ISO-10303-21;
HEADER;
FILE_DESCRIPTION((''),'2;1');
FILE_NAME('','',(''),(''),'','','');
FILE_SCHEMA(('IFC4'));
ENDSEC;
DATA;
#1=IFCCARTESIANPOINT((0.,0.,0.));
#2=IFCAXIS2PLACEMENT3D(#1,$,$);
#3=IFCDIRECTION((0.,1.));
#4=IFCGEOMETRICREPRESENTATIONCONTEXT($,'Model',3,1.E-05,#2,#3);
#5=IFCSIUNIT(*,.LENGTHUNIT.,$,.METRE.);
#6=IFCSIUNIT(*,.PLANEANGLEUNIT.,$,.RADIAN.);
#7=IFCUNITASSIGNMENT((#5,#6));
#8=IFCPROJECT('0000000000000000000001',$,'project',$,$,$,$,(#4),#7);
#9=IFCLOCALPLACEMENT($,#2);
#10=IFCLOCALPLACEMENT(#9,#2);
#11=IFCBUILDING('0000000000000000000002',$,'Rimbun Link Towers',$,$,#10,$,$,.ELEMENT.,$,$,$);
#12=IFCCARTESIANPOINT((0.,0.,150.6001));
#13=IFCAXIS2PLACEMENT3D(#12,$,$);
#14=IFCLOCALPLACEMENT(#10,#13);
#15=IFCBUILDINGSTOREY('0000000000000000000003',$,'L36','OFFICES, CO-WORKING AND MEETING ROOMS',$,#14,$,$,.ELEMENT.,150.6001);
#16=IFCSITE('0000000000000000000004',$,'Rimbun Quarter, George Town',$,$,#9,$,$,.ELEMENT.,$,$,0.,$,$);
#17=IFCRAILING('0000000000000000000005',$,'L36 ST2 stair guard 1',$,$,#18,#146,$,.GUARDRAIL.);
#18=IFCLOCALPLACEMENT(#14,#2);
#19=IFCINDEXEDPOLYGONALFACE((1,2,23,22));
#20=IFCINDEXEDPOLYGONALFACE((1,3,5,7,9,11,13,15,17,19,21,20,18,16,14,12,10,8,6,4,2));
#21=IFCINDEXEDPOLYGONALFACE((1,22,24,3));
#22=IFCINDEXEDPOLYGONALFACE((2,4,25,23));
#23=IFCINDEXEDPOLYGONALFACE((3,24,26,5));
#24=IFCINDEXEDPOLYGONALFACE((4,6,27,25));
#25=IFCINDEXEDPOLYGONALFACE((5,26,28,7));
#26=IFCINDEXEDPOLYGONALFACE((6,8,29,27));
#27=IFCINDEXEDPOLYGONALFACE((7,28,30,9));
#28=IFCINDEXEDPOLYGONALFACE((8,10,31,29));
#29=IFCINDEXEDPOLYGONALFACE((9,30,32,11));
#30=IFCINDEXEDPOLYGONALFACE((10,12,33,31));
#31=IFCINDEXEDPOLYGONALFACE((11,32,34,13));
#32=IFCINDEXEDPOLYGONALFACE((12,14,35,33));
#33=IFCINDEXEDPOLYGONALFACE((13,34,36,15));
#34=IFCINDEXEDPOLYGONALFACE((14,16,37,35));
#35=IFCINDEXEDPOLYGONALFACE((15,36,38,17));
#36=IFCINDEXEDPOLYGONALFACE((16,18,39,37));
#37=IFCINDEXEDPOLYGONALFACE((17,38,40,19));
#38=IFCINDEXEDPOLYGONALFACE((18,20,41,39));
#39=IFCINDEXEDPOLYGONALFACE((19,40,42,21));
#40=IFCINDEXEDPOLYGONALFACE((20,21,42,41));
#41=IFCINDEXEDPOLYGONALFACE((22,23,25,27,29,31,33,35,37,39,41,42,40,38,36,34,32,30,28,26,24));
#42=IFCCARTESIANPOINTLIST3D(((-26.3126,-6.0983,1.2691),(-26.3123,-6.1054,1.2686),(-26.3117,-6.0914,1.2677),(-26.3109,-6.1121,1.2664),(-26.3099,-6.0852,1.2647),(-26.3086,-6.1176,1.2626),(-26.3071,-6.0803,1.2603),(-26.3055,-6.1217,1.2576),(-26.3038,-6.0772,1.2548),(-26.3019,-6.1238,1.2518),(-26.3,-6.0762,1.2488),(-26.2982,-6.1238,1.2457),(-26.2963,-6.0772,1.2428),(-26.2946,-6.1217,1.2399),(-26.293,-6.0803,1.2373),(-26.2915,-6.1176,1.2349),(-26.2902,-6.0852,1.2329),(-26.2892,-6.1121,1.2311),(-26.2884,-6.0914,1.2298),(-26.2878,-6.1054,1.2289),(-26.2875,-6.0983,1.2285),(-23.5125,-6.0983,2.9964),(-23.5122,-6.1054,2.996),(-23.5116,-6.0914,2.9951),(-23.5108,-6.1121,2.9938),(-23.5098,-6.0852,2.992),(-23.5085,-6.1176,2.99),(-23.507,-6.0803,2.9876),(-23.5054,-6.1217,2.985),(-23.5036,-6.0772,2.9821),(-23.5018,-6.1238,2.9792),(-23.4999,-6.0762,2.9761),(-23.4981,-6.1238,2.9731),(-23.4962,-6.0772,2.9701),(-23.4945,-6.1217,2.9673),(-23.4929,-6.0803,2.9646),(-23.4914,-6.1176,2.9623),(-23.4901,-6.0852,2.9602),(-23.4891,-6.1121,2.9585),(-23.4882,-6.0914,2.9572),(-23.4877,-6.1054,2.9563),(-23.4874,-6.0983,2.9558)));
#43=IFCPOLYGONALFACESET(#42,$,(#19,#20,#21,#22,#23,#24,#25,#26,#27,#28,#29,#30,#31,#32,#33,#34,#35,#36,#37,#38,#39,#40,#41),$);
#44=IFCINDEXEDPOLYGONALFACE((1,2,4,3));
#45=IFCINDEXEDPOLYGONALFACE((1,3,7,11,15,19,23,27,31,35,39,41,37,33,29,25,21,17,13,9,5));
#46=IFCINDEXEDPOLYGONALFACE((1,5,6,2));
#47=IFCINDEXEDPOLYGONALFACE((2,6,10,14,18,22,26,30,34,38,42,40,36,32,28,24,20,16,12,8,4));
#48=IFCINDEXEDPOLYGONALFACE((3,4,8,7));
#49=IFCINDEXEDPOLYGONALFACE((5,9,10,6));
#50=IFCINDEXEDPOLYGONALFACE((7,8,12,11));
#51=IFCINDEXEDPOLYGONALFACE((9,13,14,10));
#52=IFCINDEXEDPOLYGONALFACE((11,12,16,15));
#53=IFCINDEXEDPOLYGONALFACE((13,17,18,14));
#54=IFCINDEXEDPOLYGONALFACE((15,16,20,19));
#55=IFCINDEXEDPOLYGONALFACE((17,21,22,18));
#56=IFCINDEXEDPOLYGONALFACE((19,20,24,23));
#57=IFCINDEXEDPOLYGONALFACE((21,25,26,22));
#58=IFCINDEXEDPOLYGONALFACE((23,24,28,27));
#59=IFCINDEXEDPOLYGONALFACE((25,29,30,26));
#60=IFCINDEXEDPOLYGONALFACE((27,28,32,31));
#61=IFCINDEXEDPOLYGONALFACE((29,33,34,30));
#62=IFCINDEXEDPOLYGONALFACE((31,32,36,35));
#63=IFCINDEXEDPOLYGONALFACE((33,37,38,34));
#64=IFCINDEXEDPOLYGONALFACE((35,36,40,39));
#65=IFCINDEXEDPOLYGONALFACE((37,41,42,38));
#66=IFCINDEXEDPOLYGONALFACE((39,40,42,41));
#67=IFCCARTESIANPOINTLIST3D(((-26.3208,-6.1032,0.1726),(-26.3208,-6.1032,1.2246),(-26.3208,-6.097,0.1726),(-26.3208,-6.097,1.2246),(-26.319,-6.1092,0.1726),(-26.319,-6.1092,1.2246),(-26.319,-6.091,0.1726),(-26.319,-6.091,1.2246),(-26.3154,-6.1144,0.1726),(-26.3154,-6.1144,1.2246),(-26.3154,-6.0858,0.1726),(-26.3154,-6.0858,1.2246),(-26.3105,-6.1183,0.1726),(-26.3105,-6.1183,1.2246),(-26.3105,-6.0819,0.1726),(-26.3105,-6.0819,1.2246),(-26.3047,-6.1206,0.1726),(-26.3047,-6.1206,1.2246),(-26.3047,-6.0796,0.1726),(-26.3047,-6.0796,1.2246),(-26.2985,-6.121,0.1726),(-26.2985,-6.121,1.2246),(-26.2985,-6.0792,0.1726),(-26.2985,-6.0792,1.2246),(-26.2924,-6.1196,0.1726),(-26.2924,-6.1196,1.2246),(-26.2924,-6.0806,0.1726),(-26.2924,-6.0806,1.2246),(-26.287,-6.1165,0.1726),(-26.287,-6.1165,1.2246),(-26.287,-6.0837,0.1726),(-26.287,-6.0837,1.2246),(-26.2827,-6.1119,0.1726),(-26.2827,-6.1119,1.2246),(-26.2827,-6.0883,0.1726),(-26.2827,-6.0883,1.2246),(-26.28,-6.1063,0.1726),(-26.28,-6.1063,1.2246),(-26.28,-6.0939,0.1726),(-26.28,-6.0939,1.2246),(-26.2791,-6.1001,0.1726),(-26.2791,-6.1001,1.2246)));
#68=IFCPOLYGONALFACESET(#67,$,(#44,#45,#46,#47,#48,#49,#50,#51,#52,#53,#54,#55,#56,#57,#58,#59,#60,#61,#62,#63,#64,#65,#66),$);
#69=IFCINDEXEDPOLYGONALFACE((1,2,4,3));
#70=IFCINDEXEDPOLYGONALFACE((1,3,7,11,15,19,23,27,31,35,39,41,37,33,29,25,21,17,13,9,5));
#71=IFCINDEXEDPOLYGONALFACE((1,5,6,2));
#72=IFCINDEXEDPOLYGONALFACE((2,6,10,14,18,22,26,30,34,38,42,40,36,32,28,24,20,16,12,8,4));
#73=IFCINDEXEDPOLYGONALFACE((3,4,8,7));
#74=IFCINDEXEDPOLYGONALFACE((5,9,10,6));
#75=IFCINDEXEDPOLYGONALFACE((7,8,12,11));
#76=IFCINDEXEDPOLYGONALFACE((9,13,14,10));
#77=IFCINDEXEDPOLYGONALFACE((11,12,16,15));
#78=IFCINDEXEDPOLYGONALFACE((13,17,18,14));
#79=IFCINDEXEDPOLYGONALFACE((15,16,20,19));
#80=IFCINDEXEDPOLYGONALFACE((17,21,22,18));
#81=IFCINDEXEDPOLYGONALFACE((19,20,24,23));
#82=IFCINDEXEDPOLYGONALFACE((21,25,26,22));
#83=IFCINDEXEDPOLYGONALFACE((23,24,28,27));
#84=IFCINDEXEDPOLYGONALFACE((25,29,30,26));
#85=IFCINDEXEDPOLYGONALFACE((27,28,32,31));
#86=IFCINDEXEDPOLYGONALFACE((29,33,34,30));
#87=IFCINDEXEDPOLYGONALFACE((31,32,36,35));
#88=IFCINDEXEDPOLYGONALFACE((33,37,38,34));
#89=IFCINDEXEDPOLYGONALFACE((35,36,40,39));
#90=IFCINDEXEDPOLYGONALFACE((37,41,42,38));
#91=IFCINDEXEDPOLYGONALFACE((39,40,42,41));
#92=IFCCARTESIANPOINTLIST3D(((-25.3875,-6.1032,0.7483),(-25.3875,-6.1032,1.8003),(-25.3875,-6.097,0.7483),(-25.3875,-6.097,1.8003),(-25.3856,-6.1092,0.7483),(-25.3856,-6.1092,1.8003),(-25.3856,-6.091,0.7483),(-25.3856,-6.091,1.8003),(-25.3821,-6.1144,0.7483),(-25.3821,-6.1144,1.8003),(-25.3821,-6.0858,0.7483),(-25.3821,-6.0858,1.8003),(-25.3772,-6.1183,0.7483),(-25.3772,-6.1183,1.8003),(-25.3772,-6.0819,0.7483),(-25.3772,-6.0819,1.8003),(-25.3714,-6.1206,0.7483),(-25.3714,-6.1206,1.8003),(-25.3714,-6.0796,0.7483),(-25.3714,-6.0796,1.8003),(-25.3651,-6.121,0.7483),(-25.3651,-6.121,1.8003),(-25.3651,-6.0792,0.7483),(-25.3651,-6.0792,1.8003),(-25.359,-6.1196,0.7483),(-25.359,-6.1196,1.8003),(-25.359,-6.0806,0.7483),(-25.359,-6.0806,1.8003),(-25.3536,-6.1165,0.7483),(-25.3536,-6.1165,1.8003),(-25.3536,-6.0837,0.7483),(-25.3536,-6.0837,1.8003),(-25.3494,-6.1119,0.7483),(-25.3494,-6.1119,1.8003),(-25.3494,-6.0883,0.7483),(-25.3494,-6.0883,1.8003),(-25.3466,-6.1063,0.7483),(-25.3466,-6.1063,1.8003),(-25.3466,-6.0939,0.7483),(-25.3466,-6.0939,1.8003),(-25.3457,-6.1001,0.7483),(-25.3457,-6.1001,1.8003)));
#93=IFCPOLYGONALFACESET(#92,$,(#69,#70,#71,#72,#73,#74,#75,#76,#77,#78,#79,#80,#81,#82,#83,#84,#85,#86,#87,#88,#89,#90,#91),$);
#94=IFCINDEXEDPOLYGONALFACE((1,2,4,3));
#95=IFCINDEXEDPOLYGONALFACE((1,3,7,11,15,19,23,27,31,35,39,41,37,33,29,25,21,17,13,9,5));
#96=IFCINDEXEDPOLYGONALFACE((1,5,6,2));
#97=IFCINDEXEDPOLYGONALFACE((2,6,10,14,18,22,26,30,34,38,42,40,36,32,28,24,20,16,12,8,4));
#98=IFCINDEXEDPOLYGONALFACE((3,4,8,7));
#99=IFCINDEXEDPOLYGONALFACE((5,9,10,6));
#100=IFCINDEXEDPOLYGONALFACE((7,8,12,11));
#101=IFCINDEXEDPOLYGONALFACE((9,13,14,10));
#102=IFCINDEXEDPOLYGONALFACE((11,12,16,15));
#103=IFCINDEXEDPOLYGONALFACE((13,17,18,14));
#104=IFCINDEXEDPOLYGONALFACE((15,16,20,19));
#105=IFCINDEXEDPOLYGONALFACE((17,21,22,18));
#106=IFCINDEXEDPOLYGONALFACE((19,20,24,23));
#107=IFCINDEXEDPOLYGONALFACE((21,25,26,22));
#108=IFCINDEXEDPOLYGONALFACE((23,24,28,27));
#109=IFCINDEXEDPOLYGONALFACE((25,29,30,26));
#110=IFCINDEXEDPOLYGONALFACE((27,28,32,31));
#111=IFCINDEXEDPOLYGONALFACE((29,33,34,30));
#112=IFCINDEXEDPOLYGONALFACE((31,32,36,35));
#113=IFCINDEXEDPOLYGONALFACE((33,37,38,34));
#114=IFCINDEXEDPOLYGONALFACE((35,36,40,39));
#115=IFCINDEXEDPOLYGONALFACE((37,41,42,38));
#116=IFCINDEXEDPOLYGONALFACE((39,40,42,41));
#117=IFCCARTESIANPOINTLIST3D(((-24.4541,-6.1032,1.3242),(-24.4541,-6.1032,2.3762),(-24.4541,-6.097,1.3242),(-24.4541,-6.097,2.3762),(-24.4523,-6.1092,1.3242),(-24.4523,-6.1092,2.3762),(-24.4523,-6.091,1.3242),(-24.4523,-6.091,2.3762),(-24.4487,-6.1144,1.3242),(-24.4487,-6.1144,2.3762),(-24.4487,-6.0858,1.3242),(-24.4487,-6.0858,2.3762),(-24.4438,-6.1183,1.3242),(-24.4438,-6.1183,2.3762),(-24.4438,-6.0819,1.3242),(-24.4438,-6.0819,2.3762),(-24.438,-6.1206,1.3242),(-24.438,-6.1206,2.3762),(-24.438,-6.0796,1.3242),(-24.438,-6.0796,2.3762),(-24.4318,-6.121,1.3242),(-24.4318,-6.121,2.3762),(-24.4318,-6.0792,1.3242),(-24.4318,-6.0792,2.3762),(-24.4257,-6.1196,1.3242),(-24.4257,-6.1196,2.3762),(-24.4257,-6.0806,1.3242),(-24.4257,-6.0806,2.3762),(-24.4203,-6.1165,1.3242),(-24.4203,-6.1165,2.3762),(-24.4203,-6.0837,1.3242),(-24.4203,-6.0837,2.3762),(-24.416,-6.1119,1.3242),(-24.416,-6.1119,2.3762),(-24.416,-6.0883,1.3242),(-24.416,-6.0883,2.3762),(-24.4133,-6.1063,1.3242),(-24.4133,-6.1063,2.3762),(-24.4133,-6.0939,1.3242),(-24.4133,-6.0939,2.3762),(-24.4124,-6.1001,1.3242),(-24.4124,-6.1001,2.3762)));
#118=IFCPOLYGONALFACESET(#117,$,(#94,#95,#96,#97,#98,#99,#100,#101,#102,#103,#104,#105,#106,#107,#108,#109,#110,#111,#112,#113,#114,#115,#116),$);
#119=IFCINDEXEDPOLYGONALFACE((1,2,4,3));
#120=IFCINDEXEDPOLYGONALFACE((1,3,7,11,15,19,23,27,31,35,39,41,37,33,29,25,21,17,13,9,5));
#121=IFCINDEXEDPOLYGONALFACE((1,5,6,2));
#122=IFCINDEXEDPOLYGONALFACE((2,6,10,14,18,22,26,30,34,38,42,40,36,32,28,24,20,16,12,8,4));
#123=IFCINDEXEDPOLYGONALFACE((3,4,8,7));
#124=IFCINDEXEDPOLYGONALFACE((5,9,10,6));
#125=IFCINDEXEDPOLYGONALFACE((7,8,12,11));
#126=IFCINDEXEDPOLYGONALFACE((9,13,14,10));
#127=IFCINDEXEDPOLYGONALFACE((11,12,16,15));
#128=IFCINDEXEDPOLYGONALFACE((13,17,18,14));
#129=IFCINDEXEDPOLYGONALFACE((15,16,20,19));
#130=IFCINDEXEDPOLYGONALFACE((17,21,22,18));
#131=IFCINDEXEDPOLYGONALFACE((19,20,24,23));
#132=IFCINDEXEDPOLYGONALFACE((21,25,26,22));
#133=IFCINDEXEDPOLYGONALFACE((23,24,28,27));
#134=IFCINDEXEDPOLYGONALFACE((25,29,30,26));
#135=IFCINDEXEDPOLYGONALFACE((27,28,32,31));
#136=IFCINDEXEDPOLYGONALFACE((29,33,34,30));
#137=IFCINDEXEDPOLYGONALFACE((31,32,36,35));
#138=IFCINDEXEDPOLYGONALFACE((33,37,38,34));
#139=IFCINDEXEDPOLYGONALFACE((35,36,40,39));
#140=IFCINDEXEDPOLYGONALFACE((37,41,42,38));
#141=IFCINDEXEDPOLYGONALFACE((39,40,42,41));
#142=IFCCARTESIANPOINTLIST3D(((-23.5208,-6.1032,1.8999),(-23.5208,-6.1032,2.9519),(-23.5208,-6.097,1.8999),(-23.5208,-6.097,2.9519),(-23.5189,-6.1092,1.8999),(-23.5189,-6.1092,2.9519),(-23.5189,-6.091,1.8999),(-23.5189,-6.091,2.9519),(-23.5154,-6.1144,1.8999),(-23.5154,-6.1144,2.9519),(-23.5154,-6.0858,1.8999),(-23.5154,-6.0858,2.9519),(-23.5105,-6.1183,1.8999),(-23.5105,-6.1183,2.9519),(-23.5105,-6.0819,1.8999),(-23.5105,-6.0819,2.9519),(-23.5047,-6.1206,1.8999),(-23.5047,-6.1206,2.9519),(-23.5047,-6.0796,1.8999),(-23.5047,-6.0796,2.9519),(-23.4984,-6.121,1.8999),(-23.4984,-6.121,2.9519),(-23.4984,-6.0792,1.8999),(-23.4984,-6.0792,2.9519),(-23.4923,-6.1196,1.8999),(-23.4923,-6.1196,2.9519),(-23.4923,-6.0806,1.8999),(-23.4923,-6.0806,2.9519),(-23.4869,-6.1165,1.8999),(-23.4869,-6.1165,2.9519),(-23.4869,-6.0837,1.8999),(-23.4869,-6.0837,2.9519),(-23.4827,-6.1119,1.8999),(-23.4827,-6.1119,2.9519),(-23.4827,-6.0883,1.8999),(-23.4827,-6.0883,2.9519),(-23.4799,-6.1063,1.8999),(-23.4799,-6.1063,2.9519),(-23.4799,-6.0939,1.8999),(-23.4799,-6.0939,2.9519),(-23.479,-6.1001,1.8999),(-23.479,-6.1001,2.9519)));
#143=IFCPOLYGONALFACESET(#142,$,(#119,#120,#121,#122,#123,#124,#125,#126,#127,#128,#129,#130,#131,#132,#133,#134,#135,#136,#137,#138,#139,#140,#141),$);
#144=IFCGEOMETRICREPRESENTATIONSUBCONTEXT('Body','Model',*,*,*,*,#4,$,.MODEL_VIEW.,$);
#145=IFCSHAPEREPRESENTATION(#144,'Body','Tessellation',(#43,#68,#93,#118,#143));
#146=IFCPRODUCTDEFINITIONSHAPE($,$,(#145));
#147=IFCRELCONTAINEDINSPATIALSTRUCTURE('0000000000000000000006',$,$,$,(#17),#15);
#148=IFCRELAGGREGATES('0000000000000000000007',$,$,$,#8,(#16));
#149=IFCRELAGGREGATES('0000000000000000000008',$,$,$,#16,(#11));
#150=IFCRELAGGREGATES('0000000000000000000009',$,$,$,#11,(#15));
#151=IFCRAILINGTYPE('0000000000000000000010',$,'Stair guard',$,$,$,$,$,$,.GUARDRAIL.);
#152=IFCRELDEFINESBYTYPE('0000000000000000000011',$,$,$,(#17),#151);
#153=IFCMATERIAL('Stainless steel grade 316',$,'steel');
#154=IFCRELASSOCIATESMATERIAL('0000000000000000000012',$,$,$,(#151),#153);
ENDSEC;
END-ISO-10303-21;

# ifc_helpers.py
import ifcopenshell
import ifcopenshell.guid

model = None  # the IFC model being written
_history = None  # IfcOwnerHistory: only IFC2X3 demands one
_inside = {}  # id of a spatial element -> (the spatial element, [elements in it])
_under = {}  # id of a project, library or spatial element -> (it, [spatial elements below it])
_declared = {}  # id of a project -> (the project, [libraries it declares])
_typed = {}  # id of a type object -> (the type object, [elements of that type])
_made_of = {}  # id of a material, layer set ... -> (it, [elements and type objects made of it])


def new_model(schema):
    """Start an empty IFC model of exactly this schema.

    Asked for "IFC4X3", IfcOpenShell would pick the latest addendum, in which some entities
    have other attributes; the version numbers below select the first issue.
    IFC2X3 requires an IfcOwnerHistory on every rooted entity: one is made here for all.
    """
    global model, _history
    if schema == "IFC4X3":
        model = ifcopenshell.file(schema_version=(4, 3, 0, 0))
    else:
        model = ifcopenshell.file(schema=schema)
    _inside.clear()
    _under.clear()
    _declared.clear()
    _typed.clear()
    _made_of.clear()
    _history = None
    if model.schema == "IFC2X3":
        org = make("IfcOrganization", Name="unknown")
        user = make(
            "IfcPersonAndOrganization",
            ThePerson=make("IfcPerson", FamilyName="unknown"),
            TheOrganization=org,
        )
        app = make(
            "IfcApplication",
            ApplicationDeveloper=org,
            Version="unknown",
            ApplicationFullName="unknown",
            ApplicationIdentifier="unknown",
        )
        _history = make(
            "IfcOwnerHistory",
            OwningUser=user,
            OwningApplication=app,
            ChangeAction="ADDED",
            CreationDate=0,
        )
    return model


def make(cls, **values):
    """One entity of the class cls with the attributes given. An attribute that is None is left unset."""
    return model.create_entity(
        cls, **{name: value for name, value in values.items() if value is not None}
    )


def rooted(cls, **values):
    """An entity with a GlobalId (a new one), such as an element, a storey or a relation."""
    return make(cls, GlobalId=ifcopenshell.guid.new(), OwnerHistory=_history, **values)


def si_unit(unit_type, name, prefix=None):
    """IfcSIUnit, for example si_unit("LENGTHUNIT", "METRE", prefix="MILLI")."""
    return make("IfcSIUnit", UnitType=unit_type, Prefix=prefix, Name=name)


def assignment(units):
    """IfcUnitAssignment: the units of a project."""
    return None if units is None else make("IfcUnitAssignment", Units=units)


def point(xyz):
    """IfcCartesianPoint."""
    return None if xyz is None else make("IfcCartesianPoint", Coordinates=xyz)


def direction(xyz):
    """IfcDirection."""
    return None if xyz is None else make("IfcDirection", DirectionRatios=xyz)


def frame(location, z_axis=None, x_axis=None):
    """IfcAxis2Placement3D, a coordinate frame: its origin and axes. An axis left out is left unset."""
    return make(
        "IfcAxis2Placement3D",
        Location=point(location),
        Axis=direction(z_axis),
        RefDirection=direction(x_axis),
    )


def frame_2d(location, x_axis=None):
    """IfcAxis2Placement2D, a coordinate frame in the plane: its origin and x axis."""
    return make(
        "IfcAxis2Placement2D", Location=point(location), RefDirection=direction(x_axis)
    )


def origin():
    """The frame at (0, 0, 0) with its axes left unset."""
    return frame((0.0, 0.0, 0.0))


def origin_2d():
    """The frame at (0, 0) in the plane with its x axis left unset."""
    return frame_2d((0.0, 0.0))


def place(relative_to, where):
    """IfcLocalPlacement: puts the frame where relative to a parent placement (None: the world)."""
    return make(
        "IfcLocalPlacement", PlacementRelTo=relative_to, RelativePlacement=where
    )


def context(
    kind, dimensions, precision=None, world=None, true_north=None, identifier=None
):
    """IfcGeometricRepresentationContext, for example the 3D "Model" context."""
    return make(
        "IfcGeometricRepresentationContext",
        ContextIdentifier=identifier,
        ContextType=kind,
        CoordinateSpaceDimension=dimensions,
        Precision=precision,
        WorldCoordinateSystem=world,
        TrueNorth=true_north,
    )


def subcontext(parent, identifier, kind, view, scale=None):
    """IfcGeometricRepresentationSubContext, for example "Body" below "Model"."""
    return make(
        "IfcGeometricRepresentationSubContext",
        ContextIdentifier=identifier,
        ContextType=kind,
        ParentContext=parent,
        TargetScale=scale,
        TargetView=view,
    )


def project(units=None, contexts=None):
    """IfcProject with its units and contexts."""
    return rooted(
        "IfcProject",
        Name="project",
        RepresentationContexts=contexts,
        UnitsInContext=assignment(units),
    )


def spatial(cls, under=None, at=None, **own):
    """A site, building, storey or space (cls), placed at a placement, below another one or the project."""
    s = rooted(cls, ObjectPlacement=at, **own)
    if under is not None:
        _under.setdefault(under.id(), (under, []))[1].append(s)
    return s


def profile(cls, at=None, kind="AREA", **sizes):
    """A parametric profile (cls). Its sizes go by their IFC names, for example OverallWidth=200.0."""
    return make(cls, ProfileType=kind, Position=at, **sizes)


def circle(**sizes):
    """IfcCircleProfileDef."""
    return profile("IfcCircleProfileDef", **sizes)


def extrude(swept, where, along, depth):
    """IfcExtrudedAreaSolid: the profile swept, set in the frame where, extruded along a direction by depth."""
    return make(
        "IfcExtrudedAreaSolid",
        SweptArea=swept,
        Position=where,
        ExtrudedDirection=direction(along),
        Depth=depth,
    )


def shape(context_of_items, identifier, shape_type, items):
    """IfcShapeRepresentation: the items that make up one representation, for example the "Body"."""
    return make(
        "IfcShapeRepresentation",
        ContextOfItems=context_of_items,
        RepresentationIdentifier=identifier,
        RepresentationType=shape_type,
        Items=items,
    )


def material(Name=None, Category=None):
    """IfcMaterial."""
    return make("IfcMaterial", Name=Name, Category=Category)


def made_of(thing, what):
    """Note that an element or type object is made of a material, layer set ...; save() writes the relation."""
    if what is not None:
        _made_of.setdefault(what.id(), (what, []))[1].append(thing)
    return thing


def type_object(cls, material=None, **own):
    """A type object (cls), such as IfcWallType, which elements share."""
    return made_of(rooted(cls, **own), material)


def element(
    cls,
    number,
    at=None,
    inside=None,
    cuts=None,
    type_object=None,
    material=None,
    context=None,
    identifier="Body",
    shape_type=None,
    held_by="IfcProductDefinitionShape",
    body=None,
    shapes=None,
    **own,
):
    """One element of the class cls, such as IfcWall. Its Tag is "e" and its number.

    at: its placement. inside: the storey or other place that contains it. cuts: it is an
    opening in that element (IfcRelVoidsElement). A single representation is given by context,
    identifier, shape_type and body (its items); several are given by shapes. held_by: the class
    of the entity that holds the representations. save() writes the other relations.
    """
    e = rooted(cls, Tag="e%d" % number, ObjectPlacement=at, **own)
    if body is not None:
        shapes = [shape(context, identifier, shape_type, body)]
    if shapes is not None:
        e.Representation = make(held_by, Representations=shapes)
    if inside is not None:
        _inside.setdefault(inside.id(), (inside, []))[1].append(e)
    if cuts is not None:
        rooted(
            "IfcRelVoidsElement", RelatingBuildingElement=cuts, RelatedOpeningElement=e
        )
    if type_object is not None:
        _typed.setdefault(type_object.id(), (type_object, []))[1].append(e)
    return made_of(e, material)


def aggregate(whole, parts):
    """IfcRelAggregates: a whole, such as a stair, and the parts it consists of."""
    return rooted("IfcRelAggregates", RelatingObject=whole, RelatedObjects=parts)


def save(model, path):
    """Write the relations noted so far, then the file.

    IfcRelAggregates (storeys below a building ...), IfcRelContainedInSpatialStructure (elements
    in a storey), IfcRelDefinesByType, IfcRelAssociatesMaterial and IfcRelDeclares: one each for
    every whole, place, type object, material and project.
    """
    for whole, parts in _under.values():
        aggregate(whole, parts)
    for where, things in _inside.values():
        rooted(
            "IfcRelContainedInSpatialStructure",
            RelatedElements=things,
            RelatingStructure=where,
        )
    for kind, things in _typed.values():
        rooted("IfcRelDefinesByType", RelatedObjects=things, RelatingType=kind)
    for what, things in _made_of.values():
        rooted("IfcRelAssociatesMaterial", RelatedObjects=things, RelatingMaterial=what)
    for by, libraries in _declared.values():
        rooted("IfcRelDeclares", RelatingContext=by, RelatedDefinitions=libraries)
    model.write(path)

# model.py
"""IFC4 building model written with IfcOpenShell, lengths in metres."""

from ifc_helpers import new_model, si_unit, direction, frame, origin, origin_2d, place, context, subcontext, project, spatial, circle, extrude, material, type_object, element, save


model = new_model("IFC4")

# Units and contexts
model_context = context("Model", 3, precision=1e-05, world=origin(), true_north=direction((0.0, 1.0)))
body_context = subcontext(model_context, "Body", "Model", "MODEL_VIEW")
ifc_project = project(units=[si_unit("LENGTHUNIT", "METRE"), si_unit("PLANEANGLEUNIT", "RADIAN")], contexts=[model_context])

# Site, building, storey
site_placement = place(None, origin())
site = spatial("IfcSite", under=ifc_project, at=site_placement, Name="Rimbun Quarter, George Town", CompositionType="ELEMENT", RefElevation=0.0)
building_placement = place(site_placement, origin())
building = spatial("IfcBuilding", under=site, at=building_placement, Name="Rimbun Link Towers", CompositionType="ELEMENT")
storey_placement = place(building_placement, frame((0.0, 0.0, 150.6001)))
storey = spatial("IfcBuildingStorey", under=building, at=storey_placement, Name="L36", Description="OFFICES, CO-WORKING AND MEETING ROOMS", CompositionType="ELEMENT", Elevation=150.6001)

# Railing
ifc_material_1 = material(Name="Stainless steel grade 316", Category="steel")
railing_type_1 = type_object("IfcRailingType", Name="Stair guard", PredefinedType="GUARDRAIL", material=ifc_material_1)
railing_1_placement = place(storey_placement, frame((-26.3, -6.1001, 0.1726)))
element("IfcRailing", 1, at=railing_1_placement, inside=storey, type_object=railing_type_1, Name="L36 ST2 stair guard 1", PredefinedType="GUARDRAIL", context=body_context, shape_type="SweptSolid", body=[
    extrude(circle(Radius=0.0239, at=origin_2d()), frame((0.0, 0.0, 1.0762), z_axis=(0.85109, 0.0, 0.52502), x_axis=(0.0, 1.0, 0.0)), (0.0, 0.0, 1.0), 3.29),
    extrude(circle(Radius=0.021, at=origin_2d()), origin(), (0.0, 0.0, 1.0), 1.052),
    extrude(circle(Radius=0.021, at=origin_2d()), frame((0.9333, 0.0, 0.5757)), (0.0, 0.0, 1.0), 1.052),
    extrude(circle(Radius=0.021, at=origin_2d()), frame((1.8667, 0.0, 1.1516)), (0.0, 0.0, 1.0), 1.052),
    extrude(circle(Radius=0.021, at=origin_2d()), frame((2.8, 0.0, 1.7273)), (0.0, 0.0, 1.0), 1.052),
])

save(model, "model.ifc")
